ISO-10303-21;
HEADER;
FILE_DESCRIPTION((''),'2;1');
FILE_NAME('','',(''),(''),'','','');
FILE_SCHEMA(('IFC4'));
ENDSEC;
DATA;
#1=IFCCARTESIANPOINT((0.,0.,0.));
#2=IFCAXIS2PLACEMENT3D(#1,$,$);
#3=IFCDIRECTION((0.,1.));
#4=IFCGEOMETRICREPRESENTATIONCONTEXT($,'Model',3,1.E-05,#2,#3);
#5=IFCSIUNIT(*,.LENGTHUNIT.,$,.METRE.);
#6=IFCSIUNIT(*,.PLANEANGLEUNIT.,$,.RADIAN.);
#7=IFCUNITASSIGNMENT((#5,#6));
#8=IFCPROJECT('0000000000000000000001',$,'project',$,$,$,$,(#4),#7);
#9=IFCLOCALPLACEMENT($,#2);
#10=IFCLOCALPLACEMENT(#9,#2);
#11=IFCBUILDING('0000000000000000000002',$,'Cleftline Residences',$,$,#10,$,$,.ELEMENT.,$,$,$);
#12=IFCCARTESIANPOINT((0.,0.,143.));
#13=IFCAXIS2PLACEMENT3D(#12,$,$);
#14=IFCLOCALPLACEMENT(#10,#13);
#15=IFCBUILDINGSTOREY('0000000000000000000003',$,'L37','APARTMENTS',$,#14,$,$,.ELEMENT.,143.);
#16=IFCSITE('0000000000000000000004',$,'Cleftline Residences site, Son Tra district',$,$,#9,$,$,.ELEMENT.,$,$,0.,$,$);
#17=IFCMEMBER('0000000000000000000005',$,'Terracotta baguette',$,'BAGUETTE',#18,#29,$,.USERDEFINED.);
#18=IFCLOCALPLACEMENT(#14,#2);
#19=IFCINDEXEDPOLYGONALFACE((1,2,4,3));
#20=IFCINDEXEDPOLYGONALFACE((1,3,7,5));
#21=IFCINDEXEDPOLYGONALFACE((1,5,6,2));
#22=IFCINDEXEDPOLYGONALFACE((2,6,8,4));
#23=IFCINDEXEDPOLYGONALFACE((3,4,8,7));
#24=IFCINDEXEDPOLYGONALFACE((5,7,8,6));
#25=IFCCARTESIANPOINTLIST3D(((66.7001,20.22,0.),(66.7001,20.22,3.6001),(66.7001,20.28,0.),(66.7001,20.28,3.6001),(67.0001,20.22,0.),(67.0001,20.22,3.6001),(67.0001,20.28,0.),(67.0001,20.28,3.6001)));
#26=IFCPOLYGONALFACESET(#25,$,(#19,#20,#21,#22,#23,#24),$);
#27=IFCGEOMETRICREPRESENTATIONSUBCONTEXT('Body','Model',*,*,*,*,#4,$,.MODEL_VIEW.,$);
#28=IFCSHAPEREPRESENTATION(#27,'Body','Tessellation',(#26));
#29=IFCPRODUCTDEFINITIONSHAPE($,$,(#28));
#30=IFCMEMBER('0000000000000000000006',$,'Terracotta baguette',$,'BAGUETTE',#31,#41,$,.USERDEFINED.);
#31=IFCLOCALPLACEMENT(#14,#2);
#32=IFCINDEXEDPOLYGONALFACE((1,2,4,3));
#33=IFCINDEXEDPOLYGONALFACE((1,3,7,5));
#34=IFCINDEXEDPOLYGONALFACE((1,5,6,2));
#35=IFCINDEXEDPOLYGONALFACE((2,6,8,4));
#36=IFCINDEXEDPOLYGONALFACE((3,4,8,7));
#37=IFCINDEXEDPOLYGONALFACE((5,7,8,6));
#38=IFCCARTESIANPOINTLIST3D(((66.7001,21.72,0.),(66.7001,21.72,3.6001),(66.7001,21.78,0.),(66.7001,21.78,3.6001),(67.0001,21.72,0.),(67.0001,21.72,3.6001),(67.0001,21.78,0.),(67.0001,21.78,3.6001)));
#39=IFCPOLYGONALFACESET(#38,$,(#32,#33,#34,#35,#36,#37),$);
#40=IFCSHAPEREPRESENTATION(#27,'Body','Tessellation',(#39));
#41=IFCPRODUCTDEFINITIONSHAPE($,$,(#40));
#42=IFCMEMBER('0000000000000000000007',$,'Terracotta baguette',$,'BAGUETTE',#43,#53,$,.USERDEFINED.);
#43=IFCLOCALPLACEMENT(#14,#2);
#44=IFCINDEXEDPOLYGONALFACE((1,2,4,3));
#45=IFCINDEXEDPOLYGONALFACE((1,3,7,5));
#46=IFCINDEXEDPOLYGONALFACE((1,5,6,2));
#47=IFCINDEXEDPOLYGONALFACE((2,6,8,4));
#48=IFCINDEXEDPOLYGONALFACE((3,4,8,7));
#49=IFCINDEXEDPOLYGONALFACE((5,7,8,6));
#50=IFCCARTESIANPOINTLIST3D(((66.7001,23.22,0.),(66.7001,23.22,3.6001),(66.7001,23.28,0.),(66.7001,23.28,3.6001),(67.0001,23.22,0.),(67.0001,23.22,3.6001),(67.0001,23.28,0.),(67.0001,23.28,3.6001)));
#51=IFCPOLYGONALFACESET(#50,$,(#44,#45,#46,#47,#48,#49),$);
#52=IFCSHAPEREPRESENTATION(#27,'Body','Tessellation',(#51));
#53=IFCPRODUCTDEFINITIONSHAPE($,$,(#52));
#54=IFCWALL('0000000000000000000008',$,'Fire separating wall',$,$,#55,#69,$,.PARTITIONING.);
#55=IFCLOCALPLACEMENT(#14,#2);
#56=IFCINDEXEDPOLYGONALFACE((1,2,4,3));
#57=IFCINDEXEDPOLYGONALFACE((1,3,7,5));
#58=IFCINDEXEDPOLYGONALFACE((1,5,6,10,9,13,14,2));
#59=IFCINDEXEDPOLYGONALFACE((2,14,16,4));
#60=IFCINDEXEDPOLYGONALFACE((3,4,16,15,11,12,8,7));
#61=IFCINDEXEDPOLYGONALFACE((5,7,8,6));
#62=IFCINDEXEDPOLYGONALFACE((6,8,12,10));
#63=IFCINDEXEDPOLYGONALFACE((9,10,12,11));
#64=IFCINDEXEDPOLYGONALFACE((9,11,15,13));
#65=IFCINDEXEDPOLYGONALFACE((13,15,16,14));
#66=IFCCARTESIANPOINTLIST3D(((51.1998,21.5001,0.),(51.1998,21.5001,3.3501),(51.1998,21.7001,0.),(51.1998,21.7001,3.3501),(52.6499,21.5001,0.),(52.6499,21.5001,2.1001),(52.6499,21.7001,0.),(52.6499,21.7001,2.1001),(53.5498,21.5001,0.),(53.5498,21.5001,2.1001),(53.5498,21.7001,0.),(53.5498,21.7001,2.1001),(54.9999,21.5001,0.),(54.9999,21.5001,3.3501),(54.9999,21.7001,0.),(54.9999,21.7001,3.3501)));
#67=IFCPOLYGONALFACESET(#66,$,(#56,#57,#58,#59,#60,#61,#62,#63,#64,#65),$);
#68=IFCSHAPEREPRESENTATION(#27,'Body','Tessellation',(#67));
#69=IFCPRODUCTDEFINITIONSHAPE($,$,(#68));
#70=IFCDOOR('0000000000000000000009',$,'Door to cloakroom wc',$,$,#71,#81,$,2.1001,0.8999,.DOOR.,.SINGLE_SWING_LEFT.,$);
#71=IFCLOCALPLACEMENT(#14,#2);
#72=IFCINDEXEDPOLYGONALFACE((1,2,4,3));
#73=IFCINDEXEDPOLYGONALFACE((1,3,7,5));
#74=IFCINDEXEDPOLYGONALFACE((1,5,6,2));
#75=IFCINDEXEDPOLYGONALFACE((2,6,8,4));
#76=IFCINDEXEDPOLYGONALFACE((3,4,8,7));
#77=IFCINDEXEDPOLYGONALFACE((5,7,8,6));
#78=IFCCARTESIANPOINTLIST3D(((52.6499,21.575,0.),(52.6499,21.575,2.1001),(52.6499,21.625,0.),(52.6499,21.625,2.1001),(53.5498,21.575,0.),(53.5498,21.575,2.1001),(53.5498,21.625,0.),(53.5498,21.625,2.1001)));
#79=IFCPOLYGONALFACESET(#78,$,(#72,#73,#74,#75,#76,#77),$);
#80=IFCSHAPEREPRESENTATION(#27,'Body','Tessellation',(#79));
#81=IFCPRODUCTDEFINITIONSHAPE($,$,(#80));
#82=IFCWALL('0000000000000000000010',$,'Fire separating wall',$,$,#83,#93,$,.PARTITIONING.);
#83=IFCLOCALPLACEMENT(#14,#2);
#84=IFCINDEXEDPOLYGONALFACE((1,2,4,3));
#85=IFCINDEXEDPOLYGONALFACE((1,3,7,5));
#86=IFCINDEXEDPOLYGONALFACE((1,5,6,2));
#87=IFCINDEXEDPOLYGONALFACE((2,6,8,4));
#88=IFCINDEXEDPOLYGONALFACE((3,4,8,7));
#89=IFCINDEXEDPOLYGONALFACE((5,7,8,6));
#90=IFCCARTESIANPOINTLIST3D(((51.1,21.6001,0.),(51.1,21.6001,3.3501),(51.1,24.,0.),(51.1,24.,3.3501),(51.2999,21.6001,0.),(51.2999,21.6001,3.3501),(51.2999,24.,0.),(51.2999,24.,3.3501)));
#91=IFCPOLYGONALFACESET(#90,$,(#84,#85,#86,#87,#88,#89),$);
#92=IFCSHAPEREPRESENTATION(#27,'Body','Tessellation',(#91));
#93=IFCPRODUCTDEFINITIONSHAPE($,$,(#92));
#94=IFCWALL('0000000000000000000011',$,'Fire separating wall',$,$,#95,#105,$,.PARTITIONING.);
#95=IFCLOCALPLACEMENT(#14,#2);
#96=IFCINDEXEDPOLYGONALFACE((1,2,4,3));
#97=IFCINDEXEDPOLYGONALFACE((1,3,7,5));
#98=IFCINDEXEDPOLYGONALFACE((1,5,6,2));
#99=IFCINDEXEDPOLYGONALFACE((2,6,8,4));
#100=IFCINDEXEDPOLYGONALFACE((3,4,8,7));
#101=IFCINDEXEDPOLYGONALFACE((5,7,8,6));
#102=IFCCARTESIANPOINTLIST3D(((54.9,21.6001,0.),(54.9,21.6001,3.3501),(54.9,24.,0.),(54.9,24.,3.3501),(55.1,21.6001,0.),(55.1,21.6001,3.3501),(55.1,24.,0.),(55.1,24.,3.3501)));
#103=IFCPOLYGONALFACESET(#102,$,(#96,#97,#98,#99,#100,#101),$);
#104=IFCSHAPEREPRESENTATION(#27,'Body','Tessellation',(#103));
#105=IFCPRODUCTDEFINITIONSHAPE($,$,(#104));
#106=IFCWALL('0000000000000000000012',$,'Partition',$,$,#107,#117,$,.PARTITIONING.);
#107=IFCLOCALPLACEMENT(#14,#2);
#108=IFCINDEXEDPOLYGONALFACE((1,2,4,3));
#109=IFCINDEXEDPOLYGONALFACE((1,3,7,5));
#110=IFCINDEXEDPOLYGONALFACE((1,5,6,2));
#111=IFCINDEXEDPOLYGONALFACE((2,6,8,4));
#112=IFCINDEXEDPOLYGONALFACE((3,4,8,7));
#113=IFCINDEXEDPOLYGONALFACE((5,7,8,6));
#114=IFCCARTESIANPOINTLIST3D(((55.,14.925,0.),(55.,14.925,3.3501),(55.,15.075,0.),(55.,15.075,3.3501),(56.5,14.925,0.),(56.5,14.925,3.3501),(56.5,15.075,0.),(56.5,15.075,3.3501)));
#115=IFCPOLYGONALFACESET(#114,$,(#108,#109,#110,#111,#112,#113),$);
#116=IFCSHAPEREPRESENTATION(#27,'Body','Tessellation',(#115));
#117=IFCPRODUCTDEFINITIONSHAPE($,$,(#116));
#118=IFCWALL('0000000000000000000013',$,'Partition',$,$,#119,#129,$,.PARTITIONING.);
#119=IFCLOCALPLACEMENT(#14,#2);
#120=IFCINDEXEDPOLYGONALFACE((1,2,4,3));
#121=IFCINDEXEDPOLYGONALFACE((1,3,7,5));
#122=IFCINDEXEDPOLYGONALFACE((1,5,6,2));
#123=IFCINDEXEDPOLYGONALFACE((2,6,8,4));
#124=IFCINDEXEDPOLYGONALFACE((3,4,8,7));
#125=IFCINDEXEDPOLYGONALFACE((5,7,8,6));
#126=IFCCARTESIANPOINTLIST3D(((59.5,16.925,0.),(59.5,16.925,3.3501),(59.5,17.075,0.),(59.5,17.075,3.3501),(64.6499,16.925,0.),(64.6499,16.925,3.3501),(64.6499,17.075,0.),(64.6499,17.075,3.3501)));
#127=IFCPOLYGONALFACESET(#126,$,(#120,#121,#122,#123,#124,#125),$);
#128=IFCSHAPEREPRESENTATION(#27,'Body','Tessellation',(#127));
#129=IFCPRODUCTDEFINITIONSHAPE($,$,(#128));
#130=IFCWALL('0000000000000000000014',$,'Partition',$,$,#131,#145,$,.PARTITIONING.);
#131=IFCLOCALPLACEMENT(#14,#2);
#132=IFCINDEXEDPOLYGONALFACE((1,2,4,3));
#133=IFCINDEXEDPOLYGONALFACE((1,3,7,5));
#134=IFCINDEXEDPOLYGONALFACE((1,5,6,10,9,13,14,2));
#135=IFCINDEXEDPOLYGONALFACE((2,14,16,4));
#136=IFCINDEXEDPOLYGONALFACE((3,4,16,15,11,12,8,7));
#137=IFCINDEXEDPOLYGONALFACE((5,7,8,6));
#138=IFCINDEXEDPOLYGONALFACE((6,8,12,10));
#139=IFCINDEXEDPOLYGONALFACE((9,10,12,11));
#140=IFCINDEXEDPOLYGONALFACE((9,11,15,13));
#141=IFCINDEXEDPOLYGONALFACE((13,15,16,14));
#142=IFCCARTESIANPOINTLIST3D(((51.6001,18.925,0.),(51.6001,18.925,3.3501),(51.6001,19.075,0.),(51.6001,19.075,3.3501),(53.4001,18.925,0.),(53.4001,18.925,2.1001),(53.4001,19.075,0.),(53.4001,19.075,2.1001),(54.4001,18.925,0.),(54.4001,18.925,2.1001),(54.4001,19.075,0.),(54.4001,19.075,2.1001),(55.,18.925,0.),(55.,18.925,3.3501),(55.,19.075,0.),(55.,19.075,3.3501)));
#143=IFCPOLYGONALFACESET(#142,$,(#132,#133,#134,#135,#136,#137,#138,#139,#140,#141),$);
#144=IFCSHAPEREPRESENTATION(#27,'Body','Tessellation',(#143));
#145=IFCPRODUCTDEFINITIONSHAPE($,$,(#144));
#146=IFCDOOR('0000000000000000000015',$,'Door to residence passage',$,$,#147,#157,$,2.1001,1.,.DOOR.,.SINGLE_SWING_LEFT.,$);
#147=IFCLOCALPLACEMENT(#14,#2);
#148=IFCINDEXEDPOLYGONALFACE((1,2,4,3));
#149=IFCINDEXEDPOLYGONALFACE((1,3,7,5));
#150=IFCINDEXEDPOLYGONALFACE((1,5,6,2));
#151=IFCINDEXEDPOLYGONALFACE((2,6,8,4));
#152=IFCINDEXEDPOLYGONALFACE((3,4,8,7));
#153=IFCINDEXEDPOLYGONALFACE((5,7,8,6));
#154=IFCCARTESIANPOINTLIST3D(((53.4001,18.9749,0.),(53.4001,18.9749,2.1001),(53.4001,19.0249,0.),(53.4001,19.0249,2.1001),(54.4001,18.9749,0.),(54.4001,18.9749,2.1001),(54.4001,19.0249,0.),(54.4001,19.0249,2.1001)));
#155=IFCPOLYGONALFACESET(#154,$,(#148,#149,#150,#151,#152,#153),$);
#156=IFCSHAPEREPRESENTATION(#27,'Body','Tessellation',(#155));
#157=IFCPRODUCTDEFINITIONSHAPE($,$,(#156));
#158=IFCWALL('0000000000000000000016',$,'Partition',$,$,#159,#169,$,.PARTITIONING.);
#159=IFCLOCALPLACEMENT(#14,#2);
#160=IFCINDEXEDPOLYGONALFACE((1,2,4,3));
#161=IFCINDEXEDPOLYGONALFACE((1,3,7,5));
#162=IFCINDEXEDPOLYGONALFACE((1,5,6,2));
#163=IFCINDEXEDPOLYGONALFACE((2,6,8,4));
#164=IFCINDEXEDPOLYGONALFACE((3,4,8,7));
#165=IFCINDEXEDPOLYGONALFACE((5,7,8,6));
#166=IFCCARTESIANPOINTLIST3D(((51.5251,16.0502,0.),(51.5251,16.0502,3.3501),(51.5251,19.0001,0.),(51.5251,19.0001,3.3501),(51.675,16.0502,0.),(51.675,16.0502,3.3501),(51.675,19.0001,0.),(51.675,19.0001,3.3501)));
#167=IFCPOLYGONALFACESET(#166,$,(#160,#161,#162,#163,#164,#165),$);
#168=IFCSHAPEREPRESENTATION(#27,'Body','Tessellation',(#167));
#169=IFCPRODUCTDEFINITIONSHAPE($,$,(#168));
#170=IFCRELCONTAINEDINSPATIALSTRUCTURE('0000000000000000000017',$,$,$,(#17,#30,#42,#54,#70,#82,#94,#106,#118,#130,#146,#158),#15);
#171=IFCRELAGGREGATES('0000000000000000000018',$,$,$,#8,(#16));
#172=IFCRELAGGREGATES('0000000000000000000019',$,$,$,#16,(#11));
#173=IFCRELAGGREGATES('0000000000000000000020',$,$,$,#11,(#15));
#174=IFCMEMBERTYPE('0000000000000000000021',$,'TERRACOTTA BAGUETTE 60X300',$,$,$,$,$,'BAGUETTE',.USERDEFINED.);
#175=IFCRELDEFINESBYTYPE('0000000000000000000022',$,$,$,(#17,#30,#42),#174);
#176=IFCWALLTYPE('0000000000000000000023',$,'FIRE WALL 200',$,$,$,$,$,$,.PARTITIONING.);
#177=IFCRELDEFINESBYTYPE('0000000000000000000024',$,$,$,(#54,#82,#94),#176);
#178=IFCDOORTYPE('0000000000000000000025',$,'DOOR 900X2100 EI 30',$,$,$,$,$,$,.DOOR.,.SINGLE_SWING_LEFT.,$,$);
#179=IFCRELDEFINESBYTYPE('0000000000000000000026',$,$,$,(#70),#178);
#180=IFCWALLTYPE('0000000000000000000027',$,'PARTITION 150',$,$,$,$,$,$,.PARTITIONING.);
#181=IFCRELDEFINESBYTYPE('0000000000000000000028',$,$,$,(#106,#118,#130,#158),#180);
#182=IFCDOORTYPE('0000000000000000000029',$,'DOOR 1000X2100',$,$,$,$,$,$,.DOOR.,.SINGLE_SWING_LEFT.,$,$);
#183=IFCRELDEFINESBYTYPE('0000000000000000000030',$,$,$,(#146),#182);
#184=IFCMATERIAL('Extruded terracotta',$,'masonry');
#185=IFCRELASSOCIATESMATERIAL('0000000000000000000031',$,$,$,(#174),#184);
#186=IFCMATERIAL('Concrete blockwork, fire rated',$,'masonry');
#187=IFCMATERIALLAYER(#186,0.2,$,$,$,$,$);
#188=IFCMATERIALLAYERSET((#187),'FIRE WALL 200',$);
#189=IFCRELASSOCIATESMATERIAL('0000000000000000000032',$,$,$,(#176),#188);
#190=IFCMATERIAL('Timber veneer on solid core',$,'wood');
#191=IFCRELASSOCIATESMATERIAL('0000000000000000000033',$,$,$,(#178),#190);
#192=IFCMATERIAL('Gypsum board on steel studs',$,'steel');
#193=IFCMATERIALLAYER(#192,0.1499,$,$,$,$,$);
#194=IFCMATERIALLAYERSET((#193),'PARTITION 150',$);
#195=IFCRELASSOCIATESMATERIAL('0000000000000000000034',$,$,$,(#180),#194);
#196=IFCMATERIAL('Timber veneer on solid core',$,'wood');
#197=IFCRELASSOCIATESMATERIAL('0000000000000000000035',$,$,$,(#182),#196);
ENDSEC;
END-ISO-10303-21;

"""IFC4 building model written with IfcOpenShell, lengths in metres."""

from ifc_helpers import new_model, si_unit, direction, frame, frame_2d, origin, origin_2d, place, context, subcontext, project, spatial, rectangle, extrude, material, layer, layer_set, material_profile, profile_set, type_object, element, fill, save


model = new_model("IFC4")

# Units and contexts
model_context = context("Model", 3, precision=1e-05, world=origin(), true_north=direction((0.0, 1.0)))
body_context = subcontext(model_context, "Body", "Model", "MODEL_VIEW")
ifc_project = project(units=[si_unit("LENGTHUNIT", "METRE"), si_unit("PLANEANGLEUNIT", "RADIAN")], contexts=[model_context])

# Site, building, storey
site_placement = place(None, origin())
site = spatial("IfcSite", under=ifc_project, at=site_placement, Name="Cleftline Residences site, Son Tra district", CompositionType="ELEMENT", RefElevation=0.0)
building_placement = place(site_placement, origin())
building = spatial("IfcBuilding", under=site, at=building_placement, Name="Cleftline Residences", CompositionType="ELEMENT")
storey_placement = place(building_placement, frame((0.0, 0.0, 143.0)))
storey = spatial("IfcBuildingStorey", under=building, at=storey_placement, Name="L37", Description="APARTMENTS", CompositionType="ELEMENT", Elevation=143.0)

# Members
ifc_material_1 = material(Name="Extruded terracotta", Category="masonry")
ifc_material_profile_1 = material_profile(ifc_material_1, rectangle(XDim=0.0601, YDim=0.3, at=origin_2d()))
ifc_profile_set_1 = profile_set([ifc_material_profile_1], Name="Extruded terracotta")
member_type_1 = type_object("IfcMemberType", Name="TERRACOTTA BAGUETTE 60X300", ElementType="BAGUETTE", PredefinedType="USERDEFINED", material=ifc_profile_set_1)
for number, where, z_axis, x_axis, name in (
    (1, (66.8501, 20.25, 0.0), (0.0, 0.0, 1.0), (0.0, 1.0, 0.0), "Terracotta baguette"),
    (2, (66.8501, 21.75, 0.0), (0.0, 0.0, 1.0), (0.0, 1.0, 0.0), "Terracotta baguette"),
    (3, (66.8501, 23.25, 0.0), (0.0, 0.0, 1.0), (0.0, 1.0, 0.0), "Terracotta baguette"),
):
    element("IfcMember", number, at=place(storey_placement, frame(where, z_axis=z_axis, x_axis=x_axis)), inside=storey, type_object=member_type_1, Name=name, ObjectType="BAGUETTE", PredefinedType="USERDEFINED", context=body_context, shape_type="SweptSolid", body=[
        extrude(rectangle(XDim=0.0601, YDim=0.3, at=origin_2d()), origin(), (0.0, 0.0, 1.0), 3.6001),
    ])

# Wall, opening, door
ifc_material_2 = material(Name="Concrete blockwork, fire rated", Category="masonry")
ifc_layer_1 = layer(ifc_material_2, 0.2)
ifc_layer_set_1 = layer_set([ifc_layer_1], Name="FIRE WALL 200")
wall_type_1 = type_object("IfcWallType", Name="FIRE WALL 200", PredefinedType="PARTITIONING", material=ifc_layer_set_1)
wall_1_placement = place(storey_placement, frame((51.2, 21.6001, 0.0), z_axis=(0.0, 0.0, 1.0), x_axis=(1.0, 0.0, 0.0)))
wall_1 = element("IfcWall", 4, at=wall_1_placement, inside=storey, type_object=wall_type_1, Name="Fire separating wall", PredefinedType="PARTITIONING", context=body_context, shape_type="SweptSolid", body=[
    extrude(rectangle(XDim=3.8, YDim=0.2, at=frame_2d((1.8999, 0.0))), origin(), (0.0, 0.0, 1.0), 3.3501),
])
opening_1_placement = place(wall_1_placement, frame((1.45, 0.0, 0.0)))
opening_1 = element("IfcOpeningElement", 5, at=opening_1_placement, cuts=wall_1, PredefinedType="OPENING", context=body_context, shape_type="SweptSolid", body=[
    extrude(rectangle(XDim=0.8999, YDim=2.1001, at=frame_2d((0.45, 1.05))), frame((0.0, 0.1099, 0.0), z_axis=(0.0, -1.0, 0.0), x_axis=(1.0, 0.0, 0.0)), (0.0, 0.0, 1.0), 0.22),
])
ifc_material_3 = material(Name="Timber veneer on solid core", Category="wood")
door_type_1 = type_object("IfcDoorType", Name="DOOR 900X2100 EI 30", OperationType="SINGLE_SWING_LEFT", PredefinedType="DOOR", material=ifc_material_3)
door_1_placement = place(opening_1_placement, origin())
door_1 = element("IfcDoor", 6, at=door_1_placement, inside=storey, type_object=door_type_1, Name="Door to cloakroom wc", OperationType="SINGLE_SWING_LEFT", OverallHeight=2.1001, OverallWidth=0.8999, PredefinedType="DOOR", context=body_context, shape_type="SweptSolid", body=[
    extrude(rectangle(XDim=0.8999, YDim=2.1001, at=frame_2d((0.45, 1.05))), frame((0.0, 0.0249, 0.0), z_axis=(0.0, -1.0, 0.0), x_axis=(1.0, 0.0, 0.0)), (0.0, 0.0, 1.0), 0.05),
])
fill(opening_1, door_1)

# Walls
for number, where, z_axis, x_axis, name in (
    (7, (51.2, 21.6001, 0.0), (0.0, 0.0, 1.0), (0.0, 1.0, 0.0), "Fire separating wall"),
    (8, (55.0, 21.6001, 0.0), (0.0, 0.0, 1.0), (0.0, 1.0, 0.0), "Fire separating wall"),
):
    element("IfcWall", number, at=place(storey_placement, frame(where, z_axis=z_axis, x_axis=x_axis)), inside=storey, type_object=wall_type_1, Name=name, PredefinedType="PARTITIONING", context=body_context, shape_type="SweptSolid", body=[
        extrude(rectangle(XDim=2.3999, YDim=0.2, at=frame_2d((1.2, 0.0))), origin(), (0.0, 0.0, 1.0), 3.3501),
    ])
ifc_material_4 = material(Name="Gypsum board on steel studs", Category="steel")
ifc_layer_2 = layer(ifc_material_4, 0.1499)
ifc_layer_set_2 = layer_set([ifc_layer_2], Name="PARTITION 150")
wall_type_2 = type_object("IfcWallType", Name="PARTITION 150", PredefinedType="PARTITIONING", material=ifc_layer_set_2)
wall_2_placement = place(storey_placement, frame((55.0, 15.0, 0.0), z_axis=(0.0, 0.0, 1.0), x_axis=(1.0, 0.0, 0.0)))
element("IfcWall", 9, at=wall_2_placement, inside=storey, type_object=wall_type_2, Name="Partition", PredefinedType="PARTITIONING", context=body_context, shape_type="SweptSolid", body=[
    extrude(rectangle(XDim=1.5, YDim=0.1499, at=frame_2d((0.75, 0.0))), origin(), (0.0, 0.0, 1.0), 3.3501),
])
wall_3_placement = place(storey_placement, frame((59.5, 17.0, 0.0), z_axis=(0.0, 0.0, 1.0), x_axis=(1.0, 0.0, 0.0)))
element("IfcWall", 10, at=wall_3_placement, inside=storey, type_object=wall_type_2, Name="Partition", PredefinedType="PARTITIONING", context=body_context, shape_type="SweptSolid", body=[
    extrude(rectangle(XDim=5.1499, YDim=0.1499, at=frame_2d((2.575, 0.0))), origin(), (0.0, 0.0, 1.0), 3.3501),
])

# Wall, opening, door
wall_4_placement = place(storey_placement, frame((51.6001, 19.0, 0.0), z_axis=(0.0, 0.0, 1.0), x_axis=(1.0, 0.0, 0.0)))
wall_4 = element("IfcWall", 11, at=wall_4_placement, inside=storey, type_object=wall_type_2, Name="Partition", PredefinedType="PARTITIONING", context=body_context, shape_type="SweptSolid", body=[
    extrude(rectangle(XDim=3.3999, YDim=0.1499, at=frame_2d((1.7, 0.0))), origin(), (0.0, 0.0, 1.0), 3.3501),
])
opening_2_placement = place(wall_4_placement, frame((1.8, 0.0, 0.0)))
opening_2 = element("IfcOpeningElement", 12, at=opening_2_placement, cuts=wall_4, PredefinedType="OPENING", context=body_context, shape_type="SweptSolid", body=[
    extrude(rectangle(XDim=1.0, YDim=2.1001, at=frame_2d((0.5, 1.05))), frame((0.0, 0.085, 0.0), z_axis=(0.0, -1.0, 0.0), x_axis=(1.0, 0.0, 0.0)), (0.0, 0.0, 1.0), 0.1699),
])
ifc_material_5 = material(Name="Timber veneer on solid core", Category="wood")
door_type_2 = type_object("IfcDoorType", Name="DOOR 1000X2100", OperationType="SINGLE_SWING_LEFT", PredefinedType="DOOR", material=ifc_material_5)
door_2_placement = place(opening_2_placement, origin())
door_2 = element("IfcDoor", 13, at=door_2_placement, inside=storey, type_object=door_type_2, Name="Door to residence passage", OperationType="SINGLE_SWING_LEFT", OverallHeight=2.1001, OverallWidth=1.0, PredefinedType="DOOR", context=body_context, shape_type="SweptSolid", body=[
    extrude(rectangle(XDim=1.0, YDim=2.1001, at=frame_2d((0.5, 1.05))), frame((0.0, 0.0249, 0.0), z_axis=(0.0, -1.0, 0.0), x_axis=(1.0, 0.0, 0.0)), (0.0, 0.0, 1.0), 0.05),
])
fill(opening_2, door_2)

# Wall
wall_5_placement = place(storey_placement, frame((51.6001, 16.05, 0.0), z_axis=(0.0, 0.0, 1.0), x_axis=(0.0, 1.0, 0.0)))
element("IfcWall", 14, at=wall_5_placement, inside=storey, type_object=wall_type_2, Name="Partition", PredefinedType="PARTITIONING", context=body_context, shape_type="SweptSolid", body=[
    extrude(rectangle(XDim=2.95, YDim=0.1499, at=frame_2d((1.4751, 0.0))), origin(), (0.0, 0.0, 1.0), 3.3501),
])

save(model, "model.ifc")
